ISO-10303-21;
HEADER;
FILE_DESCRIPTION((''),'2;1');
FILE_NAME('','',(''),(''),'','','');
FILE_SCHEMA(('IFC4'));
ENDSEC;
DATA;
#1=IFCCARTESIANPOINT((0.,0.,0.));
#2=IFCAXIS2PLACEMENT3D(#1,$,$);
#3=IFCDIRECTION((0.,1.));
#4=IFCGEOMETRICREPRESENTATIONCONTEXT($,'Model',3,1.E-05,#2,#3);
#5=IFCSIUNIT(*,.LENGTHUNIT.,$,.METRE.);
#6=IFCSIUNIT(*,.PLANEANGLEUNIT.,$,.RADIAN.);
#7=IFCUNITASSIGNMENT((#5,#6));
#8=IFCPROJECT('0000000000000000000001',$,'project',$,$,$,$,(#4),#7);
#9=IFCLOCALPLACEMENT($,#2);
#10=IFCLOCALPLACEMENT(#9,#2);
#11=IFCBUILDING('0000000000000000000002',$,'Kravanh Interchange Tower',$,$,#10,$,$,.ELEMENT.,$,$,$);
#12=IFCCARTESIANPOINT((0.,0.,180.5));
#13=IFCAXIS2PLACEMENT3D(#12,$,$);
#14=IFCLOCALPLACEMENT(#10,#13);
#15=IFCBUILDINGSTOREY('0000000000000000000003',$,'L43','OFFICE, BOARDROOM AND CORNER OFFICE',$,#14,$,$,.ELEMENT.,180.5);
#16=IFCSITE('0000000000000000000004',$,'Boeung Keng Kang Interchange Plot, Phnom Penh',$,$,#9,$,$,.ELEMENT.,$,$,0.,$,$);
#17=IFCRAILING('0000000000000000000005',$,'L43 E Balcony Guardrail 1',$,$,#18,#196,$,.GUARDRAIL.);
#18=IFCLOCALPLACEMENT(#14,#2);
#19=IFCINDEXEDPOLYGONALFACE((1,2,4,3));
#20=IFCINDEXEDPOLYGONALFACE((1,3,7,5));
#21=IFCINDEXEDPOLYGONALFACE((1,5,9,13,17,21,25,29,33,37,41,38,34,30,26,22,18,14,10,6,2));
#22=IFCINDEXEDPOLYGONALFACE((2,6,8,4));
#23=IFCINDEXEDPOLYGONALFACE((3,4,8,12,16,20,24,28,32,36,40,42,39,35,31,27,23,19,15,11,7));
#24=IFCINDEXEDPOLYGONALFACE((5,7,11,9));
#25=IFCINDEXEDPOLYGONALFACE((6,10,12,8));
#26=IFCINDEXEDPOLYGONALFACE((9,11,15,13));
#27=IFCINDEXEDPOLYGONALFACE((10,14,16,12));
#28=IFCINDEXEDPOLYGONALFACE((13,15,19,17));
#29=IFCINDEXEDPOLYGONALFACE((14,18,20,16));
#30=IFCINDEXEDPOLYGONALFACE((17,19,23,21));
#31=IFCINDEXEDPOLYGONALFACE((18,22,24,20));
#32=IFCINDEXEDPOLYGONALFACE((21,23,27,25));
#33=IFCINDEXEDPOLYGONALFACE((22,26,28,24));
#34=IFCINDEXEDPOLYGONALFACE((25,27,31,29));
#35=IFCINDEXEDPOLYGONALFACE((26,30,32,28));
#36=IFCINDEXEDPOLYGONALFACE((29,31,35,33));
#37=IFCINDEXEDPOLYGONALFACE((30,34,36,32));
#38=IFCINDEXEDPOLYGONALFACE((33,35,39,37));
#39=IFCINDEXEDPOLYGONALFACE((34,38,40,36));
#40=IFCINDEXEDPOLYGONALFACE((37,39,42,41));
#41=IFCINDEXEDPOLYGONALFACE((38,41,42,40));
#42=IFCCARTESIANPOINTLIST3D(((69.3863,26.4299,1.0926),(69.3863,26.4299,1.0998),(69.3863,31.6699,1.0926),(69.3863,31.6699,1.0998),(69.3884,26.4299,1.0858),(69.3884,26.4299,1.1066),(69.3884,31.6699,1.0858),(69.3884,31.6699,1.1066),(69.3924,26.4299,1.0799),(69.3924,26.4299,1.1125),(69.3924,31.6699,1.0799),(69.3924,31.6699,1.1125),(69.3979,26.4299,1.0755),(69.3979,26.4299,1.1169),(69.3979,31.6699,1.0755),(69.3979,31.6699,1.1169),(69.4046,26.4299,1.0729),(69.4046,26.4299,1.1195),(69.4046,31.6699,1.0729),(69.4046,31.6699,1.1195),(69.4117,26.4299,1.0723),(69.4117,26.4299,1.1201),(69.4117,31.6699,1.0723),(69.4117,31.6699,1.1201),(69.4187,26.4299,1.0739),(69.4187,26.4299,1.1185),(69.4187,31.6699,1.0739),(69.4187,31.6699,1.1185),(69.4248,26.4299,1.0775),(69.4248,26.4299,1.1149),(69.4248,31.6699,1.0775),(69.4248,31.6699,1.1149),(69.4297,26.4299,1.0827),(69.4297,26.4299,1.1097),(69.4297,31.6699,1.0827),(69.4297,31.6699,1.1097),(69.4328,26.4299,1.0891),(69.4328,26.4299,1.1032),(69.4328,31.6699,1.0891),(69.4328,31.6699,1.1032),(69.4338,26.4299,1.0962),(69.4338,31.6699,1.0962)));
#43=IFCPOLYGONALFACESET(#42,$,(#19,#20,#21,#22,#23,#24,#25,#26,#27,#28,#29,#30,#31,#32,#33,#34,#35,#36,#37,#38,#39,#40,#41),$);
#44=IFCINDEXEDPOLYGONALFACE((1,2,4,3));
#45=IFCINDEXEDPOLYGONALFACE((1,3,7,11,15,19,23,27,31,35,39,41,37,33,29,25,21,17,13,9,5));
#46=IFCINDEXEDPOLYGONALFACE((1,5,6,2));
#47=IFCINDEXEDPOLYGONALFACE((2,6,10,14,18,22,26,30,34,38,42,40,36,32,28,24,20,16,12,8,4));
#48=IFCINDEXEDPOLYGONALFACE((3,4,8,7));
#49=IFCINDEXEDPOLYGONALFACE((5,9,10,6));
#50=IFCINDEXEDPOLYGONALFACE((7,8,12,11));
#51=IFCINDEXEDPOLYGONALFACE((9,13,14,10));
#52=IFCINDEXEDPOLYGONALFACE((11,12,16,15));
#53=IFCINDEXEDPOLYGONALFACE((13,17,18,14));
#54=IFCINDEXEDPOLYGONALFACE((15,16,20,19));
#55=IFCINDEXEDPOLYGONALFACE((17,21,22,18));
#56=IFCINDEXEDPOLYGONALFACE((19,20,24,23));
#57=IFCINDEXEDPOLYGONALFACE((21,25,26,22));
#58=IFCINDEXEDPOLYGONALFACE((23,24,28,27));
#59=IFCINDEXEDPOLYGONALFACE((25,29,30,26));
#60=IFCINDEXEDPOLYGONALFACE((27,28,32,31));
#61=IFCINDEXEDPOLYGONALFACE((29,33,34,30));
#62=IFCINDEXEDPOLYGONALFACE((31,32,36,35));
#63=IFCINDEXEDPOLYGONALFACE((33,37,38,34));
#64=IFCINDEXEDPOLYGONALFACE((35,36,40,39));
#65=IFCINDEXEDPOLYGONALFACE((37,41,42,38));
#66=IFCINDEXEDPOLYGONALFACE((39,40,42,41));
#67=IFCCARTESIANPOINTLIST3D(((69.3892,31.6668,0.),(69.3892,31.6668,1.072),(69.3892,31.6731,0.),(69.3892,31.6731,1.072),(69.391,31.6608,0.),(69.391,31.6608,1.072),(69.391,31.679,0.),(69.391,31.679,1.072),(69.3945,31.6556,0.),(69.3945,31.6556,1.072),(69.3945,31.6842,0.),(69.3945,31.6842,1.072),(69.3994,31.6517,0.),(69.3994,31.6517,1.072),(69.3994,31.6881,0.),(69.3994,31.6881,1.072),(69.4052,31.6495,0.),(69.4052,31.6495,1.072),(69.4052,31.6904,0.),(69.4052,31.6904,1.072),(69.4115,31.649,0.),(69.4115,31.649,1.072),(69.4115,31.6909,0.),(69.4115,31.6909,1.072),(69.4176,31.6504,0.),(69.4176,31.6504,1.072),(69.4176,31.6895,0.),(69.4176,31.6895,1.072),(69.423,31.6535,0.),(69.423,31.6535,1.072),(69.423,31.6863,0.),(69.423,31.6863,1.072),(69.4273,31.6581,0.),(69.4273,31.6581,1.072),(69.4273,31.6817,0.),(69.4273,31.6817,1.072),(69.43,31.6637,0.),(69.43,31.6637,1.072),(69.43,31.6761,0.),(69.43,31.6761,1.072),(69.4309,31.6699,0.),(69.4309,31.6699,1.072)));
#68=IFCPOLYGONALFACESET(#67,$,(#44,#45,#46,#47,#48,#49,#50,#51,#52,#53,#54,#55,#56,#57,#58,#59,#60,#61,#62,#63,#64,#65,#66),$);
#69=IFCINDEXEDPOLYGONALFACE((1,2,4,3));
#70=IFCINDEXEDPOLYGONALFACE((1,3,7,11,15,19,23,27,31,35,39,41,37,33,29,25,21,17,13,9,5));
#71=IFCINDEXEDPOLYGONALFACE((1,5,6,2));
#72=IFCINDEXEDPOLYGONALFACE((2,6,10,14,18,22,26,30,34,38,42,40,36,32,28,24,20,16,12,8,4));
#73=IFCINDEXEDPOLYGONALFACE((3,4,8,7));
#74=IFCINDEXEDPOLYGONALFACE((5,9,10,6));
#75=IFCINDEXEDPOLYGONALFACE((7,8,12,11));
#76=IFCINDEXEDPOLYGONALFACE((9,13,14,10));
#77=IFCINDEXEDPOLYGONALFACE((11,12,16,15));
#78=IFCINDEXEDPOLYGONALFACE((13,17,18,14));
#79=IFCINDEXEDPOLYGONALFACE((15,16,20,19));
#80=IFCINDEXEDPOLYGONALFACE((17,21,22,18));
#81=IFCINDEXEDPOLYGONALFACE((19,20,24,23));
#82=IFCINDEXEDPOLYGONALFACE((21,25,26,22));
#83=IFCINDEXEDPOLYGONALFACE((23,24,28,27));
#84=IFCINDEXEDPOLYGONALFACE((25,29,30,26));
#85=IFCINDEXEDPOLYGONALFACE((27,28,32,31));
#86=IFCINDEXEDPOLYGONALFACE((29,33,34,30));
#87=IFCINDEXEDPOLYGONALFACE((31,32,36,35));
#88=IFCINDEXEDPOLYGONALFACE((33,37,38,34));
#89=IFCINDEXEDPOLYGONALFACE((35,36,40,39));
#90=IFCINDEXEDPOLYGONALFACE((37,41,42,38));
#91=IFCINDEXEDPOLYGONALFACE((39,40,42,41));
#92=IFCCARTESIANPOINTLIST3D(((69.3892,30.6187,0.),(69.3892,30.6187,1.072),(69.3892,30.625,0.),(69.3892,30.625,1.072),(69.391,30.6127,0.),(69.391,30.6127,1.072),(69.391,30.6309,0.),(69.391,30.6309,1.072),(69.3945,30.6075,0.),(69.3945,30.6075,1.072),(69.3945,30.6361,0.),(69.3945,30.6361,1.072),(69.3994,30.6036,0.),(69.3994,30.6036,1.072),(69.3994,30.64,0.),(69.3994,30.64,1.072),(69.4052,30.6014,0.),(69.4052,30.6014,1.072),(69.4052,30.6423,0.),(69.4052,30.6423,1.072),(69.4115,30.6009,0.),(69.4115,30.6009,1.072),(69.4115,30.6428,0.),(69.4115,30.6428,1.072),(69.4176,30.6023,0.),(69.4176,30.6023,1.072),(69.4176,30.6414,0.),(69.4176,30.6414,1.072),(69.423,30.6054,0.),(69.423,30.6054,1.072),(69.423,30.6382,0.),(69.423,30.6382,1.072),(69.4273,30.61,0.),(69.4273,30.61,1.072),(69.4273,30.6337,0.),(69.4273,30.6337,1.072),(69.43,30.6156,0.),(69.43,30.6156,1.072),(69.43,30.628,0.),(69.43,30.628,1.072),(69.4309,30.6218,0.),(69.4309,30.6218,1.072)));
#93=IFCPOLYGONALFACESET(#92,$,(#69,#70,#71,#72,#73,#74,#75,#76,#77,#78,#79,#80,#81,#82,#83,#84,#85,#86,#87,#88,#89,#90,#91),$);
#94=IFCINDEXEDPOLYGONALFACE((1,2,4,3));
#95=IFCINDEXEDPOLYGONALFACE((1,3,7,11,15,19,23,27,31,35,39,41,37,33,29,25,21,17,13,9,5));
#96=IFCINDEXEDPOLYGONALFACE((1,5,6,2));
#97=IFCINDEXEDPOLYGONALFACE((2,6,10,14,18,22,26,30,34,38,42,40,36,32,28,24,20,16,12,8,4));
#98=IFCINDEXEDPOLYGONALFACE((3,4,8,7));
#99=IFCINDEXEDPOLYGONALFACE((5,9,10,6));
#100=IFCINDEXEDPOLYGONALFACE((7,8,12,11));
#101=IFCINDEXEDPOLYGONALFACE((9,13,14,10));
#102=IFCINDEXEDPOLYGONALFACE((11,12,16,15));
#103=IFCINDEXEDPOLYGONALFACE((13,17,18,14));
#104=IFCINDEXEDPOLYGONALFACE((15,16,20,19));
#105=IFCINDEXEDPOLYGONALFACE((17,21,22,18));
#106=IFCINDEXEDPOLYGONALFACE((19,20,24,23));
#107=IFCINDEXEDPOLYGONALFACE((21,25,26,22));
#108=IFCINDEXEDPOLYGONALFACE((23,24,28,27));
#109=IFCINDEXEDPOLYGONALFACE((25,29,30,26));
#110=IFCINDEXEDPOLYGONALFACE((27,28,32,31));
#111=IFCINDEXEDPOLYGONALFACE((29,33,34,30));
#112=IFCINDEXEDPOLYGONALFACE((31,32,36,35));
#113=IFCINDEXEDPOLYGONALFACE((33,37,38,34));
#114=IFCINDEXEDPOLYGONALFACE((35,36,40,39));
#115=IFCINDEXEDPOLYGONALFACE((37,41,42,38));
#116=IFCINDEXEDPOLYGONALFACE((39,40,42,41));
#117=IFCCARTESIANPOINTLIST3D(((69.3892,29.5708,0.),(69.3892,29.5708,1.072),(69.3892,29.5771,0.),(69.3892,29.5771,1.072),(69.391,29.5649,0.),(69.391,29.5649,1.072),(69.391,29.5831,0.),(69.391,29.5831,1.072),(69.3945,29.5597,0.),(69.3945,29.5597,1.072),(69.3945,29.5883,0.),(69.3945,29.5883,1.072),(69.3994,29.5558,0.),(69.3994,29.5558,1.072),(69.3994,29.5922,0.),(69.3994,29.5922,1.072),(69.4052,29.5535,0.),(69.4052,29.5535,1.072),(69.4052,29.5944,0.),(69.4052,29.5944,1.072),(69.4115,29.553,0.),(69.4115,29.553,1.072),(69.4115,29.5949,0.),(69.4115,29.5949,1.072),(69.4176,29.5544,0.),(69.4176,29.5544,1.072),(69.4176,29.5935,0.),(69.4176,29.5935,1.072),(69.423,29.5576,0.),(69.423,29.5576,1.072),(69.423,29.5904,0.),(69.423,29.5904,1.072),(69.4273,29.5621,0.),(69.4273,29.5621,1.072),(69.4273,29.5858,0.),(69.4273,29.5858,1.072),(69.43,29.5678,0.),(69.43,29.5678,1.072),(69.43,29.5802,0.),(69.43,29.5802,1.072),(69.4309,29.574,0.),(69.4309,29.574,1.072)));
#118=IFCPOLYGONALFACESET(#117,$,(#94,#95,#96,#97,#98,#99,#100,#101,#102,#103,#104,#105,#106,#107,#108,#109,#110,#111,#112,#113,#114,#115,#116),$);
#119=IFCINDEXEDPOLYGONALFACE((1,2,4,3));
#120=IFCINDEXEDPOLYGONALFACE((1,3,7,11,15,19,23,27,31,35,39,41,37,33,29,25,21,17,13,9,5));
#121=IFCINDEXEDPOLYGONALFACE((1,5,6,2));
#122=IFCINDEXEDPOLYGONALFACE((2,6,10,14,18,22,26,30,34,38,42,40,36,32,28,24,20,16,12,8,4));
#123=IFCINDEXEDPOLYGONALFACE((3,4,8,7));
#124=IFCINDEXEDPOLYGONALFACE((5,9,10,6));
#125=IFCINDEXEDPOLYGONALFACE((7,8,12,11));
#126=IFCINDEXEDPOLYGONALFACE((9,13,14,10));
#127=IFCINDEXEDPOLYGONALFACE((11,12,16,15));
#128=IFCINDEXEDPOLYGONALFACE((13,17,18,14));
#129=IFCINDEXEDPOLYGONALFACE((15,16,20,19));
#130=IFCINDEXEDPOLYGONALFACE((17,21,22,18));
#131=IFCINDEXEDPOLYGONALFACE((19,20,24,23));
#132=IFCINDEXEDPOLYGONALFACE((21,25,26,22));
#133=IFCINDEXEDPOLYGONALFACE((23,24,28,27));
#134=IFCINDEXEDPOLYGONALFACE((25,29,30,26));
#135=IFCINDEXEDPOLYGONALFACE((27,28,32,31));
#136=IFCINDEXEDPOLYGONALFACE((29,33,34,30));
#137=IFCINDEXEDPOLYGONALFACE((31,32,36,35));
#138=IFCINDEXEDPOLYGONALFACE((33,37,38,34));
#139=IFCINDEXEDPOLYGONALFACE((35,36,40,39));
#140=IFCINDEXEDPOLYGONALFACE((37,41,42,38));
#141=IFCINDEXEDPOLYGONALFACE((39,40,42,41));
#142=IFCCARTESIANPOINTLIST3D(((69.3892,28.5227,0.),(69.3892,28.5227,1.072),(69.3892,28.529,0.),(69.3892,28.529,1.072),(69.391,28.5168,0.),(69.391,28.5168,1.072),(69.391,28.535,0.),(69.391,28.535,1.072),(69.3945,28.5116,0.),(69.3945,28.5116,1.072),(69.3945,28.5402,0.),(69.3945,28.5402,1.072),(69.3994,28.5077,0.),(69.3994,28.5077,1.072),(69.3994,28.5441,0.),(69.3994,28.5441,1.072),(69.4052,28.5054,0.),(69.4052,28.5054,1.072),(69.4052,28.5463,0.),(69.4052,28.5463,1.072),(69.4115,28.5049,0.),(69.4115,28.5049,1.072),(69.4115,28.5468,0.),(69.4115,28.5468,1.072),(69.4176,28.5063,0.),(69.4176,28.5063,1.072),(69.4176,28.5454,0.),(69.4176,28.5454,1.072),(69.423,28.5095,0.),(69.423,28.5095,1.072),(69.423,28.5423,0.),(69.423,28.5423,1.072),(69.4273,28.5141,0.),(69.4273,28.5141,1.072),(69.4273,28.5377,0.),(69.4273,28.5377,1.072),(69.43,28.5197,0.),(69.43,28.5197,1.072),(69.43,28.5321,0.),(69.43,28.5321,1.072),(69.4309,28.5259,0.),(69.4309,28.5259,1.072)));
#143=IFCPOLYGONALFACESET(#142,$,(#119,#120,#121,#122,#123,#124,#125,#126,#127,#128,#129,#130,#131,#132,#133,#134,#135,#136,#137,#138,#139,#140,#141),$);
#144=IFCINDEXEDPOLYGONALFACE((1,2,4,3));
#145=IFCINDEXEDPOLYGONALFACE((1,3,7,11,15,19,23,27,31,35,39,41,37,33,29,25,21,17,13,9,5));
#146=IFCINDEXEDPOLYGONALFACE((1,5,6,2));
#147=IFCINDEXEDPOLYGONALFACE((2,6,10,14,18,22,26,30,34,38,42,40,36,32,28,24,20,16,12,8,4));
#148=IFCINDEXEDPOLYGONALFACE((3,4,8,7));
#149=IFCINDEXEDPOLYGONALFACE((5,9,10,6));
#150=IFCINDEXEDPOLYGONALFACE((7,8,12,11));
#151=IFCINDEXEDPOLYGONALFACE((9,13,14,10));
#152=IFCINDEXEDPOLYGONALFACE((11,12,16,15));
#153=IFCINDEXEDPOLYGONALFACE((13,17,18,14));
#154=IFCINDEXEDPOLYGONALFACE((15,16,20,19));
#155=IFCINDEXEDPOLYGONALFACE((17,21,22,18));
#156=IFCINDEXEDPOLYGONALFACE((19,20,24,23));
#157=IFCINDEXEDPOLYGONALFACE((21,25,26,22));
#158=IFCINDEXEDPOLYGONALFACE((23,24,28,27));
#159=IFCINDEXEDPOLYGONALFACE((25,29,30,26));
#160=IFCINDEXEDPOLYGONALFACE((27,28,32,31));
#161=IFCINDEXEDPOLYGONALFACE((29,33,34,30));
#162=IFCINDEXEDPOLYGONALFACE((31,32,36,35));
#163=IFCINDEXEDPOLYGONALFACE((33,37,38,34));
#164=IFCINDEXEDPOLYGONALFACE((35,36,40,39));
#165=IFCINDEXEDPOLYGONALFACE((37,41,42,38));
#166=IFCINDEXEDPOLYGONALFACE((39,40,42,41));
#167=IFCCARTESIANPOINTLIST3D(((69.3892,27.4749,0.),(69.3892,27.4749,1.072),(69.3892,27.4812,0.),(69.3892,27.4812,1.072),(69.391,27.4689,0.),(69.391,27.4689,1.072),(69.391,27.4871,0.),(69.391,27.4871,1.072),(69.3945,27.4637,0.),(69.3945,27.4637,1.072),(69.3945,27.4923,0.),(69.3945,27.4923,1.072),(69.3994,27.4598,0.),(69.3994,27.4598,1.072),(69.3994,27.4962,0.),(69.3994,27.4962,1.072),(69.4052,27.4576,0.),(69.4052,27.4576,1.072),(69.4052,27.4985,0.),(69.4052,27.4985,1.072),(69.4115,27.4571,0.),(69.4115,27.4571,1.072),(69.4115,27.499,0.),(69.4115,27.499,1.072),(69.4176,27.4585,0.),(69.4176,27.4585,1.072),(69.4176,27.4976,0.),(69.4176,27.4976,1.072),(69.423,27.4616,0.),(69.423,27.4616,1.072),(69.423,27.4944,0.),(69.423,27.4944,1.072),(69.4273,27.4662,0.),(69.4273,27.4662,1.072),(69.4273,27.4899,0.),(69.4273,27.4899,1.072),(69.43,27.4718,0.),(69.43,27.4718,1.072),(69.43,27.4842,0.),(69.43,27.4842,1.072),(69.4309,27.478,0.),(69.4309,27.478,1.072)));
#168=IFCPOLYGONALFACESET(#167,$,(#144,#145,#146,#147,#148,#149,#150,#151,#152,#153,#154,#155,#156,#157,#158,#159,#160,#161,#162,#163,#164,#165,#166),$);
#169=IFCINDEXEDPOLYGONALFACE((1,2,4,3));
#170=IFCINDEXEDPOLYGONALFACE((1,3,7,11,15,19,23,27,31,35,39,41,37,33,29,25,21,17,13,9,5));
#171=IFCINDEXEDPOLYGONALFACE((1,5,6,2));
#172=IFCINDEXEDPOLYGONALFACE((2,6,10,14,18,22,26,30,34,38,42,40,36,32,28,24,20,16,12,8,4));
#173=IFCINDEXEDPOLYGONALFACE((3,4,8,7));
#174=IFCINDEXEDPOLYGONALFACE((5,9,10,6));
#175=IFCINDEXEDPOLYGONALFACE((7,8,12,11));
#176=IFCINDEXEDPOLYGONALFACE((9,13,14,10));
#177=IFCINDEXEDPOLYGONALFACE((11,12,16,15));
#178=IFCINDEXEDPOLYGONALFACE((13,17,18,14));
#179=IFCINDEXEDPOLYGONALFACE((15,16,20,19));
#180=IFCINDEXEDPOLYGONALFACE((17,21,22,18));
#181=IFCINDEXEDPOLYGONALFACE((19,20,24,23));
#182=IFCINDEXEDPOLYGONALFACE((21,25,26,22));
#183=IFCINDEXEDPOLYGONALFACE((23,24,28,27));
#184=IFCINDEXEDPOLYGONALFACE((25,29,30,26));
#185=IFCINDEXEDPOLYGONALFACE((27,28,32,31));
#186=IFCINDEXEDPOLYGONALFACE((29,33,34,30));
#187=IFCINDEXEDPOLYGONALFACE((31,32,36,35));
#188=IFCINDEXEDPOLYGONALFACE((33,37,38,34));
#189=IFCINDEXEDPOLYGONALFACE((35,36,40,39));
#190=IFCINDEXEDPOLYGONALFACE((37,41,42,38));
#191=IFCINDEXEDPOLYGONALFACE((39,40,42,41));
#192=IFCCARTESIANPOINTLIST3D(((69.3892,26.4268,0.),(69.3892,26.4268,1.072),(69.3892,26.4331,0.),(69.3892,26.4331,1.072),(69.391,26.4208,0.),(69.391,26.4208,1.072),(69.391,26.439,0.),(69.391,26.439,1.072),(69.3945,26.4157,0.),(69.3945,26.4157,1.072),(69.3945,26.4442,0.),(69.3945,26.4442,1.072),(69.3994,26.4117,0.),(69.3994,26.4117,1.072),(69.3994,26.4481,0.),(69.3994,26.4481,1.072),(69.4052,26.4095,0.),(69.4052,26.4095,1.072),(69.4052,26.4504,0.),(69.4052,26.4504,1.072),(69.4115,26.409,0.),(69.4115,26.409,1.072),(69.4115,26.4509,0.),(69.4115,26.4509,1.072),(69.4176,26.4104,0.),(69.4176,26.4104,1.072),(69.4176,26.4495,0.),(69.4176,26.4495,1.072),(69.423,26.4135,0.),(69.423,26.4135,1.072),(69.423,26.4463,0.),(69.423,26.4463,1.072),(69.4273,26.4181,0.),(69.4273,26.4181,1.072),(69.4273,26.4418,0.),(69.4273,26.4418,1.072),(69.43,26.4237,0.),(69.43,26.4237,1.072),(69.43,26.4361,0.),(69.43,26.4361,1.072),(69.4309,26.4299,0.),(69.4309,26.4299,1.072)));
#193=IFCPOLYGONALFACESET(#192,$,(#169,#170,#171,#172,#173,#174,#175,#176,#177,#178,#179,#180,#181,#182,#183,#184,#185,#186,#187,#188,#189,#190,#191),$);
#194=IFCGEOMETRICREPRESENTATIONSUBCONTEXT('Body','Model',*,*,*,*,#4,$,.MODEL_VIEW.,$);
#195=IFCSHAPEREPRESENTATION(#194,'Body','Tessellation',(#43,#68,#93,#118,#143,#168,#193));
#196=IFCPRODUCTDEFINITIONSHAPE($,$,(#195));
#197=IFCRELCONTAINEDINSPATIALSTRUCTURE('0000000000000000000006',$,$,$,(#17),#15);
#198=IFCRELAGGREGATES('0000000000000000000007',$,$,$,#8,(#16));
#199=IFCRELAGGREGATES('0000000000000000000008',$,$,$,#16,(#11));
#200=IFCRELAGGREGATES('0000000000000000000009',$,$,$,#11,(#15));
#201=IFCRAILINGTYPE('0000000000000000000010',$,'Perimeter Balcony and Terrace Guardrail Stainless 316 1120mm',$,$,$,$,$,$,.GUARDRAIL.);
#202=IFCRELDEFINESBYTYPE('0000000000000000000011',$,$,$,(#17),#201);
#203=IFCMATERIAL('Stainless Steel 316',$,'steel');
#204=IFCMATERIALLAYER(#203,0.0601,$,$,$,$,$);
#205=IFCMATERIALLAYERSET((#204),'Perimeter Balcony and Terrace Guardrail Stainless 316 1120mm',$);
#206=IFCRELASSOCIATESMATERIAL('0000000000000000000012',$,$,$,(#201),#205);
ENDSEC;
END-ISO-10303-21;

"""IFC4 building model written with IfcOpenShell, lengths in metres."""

from ifc_helpers import new_model, si_unit, direction, frame, origin, origin_2d, place, context, subcontext, project, spatial, circle, extrude, material, layer, layer_set, type_object, element, save


model = new_model("IFC4")

# Units and contexts
model_context = context("Model", 3, precision=1e-05, world=origin(), true_north=direction((0.0, 1.0)))
body_context = subcontext(model_context, "Body", "Model", "MODEL_VIEW")
ifc_project = project(units=[si_unit("LENGTHUNIT", "METRE"), si_unit("PLANEANGLEUNIT", "RADIAN")], contexts=[model_context])

# Site, building, storey
site_placement = place(None, origin())
site = spatial("IfcSite", under=ifc_project, at=site_placement, Name="Boeung Keng Kang Interchange Plot, Phnom Penh", CompositionType="ELEMENT", RefElevation=0.0)
building_placement = place(site_placement, origin())
building = spatial("IfcBuilding", under=site, at=building_placement, Name="Kravanh Interchange Tower", CompositionType="ELEMENT")
storey_placement = place(building_placement, frame((0.0, 0.0, 180.5)))
storey = spatial("IfcBuildingStorey", under=building, at=storey_placement, Name="L43", Description="OFFICE, BOARDROOM AND CORNER OFFICE", CompositionType="ELEMENT", Elevation=180.5)

# Railing
ifc_material_1 = material(Name="Stainless Steel 316", Category="steel")
ifc_layer_1 = layer(ifc_material_1, 0.0601)
ifc_layer_set_1 = layer_set([ifc_layer_1], Name="Perimeter Balcony and Terrace Guardrail Stainless 316 1120mm")
railing_type_1 = type_object("IfcRailingType", Name="Perimeter Balcony and Terrace Guardrail Stainless 316 1120mm", PredefinedType="GUARDRAIL", material=ifc_layer_set_1)
railing_1_placement = place(storey_placement, frame((69.4099, 31.6699, 0.0)))
element("IfcRailing", 1, at=railing_1_placement, inside=storey, type_object=railing_type_1, Name="L43 E Balcony Guardrail 1", PredefinedType="GUARDRAIL", context=body_context, shape_type="SweptSolid", body=[
    extrude(circle(Radius=0.0239, at=origin_2d()), frame((0.0, 0.0, 1.0962), z_axis=(0.0, -1.0, 0.0), x_axis=(1.0, 0.0, 0.0)), (0.0, 0.0, 1.0), 5.24),
    extrude(circle(Radius=0.021, at=origin_2d()), origin(), (0.0, 0.0, 1.0), 1.072),
    extrude(circle(Radius=0.021, at=origin_2d()), frame((0.0, -1.0481, 0.0)), (0.0, 0.0, 1.0), 1.072),
    extrude(circle(Radius=0.021, at=origin_2d()), frame((0.0, -2.0959, 0.0)), (0.0, 0.0, 1.0), 1.072),
    extrude(circle(Radius=0.021, at=origin_2d()), frame((0.0, -3.144, 0.0)), (0.0, 0.0, 1.0), 1.072),
    extrude(circle(Radius=0.021, at=origin_2d()), frame((0.0, -4.1919, 0.0)), (0.0, 0.0, 1.0), 1.072),
    extrude(circle(Radius=0.021, at=origin_2d()), frame((0.0, -5.24, 0.0)), (0.0, 0.0, 1.0), 1.072),
])

save(model, "model.ifc")
